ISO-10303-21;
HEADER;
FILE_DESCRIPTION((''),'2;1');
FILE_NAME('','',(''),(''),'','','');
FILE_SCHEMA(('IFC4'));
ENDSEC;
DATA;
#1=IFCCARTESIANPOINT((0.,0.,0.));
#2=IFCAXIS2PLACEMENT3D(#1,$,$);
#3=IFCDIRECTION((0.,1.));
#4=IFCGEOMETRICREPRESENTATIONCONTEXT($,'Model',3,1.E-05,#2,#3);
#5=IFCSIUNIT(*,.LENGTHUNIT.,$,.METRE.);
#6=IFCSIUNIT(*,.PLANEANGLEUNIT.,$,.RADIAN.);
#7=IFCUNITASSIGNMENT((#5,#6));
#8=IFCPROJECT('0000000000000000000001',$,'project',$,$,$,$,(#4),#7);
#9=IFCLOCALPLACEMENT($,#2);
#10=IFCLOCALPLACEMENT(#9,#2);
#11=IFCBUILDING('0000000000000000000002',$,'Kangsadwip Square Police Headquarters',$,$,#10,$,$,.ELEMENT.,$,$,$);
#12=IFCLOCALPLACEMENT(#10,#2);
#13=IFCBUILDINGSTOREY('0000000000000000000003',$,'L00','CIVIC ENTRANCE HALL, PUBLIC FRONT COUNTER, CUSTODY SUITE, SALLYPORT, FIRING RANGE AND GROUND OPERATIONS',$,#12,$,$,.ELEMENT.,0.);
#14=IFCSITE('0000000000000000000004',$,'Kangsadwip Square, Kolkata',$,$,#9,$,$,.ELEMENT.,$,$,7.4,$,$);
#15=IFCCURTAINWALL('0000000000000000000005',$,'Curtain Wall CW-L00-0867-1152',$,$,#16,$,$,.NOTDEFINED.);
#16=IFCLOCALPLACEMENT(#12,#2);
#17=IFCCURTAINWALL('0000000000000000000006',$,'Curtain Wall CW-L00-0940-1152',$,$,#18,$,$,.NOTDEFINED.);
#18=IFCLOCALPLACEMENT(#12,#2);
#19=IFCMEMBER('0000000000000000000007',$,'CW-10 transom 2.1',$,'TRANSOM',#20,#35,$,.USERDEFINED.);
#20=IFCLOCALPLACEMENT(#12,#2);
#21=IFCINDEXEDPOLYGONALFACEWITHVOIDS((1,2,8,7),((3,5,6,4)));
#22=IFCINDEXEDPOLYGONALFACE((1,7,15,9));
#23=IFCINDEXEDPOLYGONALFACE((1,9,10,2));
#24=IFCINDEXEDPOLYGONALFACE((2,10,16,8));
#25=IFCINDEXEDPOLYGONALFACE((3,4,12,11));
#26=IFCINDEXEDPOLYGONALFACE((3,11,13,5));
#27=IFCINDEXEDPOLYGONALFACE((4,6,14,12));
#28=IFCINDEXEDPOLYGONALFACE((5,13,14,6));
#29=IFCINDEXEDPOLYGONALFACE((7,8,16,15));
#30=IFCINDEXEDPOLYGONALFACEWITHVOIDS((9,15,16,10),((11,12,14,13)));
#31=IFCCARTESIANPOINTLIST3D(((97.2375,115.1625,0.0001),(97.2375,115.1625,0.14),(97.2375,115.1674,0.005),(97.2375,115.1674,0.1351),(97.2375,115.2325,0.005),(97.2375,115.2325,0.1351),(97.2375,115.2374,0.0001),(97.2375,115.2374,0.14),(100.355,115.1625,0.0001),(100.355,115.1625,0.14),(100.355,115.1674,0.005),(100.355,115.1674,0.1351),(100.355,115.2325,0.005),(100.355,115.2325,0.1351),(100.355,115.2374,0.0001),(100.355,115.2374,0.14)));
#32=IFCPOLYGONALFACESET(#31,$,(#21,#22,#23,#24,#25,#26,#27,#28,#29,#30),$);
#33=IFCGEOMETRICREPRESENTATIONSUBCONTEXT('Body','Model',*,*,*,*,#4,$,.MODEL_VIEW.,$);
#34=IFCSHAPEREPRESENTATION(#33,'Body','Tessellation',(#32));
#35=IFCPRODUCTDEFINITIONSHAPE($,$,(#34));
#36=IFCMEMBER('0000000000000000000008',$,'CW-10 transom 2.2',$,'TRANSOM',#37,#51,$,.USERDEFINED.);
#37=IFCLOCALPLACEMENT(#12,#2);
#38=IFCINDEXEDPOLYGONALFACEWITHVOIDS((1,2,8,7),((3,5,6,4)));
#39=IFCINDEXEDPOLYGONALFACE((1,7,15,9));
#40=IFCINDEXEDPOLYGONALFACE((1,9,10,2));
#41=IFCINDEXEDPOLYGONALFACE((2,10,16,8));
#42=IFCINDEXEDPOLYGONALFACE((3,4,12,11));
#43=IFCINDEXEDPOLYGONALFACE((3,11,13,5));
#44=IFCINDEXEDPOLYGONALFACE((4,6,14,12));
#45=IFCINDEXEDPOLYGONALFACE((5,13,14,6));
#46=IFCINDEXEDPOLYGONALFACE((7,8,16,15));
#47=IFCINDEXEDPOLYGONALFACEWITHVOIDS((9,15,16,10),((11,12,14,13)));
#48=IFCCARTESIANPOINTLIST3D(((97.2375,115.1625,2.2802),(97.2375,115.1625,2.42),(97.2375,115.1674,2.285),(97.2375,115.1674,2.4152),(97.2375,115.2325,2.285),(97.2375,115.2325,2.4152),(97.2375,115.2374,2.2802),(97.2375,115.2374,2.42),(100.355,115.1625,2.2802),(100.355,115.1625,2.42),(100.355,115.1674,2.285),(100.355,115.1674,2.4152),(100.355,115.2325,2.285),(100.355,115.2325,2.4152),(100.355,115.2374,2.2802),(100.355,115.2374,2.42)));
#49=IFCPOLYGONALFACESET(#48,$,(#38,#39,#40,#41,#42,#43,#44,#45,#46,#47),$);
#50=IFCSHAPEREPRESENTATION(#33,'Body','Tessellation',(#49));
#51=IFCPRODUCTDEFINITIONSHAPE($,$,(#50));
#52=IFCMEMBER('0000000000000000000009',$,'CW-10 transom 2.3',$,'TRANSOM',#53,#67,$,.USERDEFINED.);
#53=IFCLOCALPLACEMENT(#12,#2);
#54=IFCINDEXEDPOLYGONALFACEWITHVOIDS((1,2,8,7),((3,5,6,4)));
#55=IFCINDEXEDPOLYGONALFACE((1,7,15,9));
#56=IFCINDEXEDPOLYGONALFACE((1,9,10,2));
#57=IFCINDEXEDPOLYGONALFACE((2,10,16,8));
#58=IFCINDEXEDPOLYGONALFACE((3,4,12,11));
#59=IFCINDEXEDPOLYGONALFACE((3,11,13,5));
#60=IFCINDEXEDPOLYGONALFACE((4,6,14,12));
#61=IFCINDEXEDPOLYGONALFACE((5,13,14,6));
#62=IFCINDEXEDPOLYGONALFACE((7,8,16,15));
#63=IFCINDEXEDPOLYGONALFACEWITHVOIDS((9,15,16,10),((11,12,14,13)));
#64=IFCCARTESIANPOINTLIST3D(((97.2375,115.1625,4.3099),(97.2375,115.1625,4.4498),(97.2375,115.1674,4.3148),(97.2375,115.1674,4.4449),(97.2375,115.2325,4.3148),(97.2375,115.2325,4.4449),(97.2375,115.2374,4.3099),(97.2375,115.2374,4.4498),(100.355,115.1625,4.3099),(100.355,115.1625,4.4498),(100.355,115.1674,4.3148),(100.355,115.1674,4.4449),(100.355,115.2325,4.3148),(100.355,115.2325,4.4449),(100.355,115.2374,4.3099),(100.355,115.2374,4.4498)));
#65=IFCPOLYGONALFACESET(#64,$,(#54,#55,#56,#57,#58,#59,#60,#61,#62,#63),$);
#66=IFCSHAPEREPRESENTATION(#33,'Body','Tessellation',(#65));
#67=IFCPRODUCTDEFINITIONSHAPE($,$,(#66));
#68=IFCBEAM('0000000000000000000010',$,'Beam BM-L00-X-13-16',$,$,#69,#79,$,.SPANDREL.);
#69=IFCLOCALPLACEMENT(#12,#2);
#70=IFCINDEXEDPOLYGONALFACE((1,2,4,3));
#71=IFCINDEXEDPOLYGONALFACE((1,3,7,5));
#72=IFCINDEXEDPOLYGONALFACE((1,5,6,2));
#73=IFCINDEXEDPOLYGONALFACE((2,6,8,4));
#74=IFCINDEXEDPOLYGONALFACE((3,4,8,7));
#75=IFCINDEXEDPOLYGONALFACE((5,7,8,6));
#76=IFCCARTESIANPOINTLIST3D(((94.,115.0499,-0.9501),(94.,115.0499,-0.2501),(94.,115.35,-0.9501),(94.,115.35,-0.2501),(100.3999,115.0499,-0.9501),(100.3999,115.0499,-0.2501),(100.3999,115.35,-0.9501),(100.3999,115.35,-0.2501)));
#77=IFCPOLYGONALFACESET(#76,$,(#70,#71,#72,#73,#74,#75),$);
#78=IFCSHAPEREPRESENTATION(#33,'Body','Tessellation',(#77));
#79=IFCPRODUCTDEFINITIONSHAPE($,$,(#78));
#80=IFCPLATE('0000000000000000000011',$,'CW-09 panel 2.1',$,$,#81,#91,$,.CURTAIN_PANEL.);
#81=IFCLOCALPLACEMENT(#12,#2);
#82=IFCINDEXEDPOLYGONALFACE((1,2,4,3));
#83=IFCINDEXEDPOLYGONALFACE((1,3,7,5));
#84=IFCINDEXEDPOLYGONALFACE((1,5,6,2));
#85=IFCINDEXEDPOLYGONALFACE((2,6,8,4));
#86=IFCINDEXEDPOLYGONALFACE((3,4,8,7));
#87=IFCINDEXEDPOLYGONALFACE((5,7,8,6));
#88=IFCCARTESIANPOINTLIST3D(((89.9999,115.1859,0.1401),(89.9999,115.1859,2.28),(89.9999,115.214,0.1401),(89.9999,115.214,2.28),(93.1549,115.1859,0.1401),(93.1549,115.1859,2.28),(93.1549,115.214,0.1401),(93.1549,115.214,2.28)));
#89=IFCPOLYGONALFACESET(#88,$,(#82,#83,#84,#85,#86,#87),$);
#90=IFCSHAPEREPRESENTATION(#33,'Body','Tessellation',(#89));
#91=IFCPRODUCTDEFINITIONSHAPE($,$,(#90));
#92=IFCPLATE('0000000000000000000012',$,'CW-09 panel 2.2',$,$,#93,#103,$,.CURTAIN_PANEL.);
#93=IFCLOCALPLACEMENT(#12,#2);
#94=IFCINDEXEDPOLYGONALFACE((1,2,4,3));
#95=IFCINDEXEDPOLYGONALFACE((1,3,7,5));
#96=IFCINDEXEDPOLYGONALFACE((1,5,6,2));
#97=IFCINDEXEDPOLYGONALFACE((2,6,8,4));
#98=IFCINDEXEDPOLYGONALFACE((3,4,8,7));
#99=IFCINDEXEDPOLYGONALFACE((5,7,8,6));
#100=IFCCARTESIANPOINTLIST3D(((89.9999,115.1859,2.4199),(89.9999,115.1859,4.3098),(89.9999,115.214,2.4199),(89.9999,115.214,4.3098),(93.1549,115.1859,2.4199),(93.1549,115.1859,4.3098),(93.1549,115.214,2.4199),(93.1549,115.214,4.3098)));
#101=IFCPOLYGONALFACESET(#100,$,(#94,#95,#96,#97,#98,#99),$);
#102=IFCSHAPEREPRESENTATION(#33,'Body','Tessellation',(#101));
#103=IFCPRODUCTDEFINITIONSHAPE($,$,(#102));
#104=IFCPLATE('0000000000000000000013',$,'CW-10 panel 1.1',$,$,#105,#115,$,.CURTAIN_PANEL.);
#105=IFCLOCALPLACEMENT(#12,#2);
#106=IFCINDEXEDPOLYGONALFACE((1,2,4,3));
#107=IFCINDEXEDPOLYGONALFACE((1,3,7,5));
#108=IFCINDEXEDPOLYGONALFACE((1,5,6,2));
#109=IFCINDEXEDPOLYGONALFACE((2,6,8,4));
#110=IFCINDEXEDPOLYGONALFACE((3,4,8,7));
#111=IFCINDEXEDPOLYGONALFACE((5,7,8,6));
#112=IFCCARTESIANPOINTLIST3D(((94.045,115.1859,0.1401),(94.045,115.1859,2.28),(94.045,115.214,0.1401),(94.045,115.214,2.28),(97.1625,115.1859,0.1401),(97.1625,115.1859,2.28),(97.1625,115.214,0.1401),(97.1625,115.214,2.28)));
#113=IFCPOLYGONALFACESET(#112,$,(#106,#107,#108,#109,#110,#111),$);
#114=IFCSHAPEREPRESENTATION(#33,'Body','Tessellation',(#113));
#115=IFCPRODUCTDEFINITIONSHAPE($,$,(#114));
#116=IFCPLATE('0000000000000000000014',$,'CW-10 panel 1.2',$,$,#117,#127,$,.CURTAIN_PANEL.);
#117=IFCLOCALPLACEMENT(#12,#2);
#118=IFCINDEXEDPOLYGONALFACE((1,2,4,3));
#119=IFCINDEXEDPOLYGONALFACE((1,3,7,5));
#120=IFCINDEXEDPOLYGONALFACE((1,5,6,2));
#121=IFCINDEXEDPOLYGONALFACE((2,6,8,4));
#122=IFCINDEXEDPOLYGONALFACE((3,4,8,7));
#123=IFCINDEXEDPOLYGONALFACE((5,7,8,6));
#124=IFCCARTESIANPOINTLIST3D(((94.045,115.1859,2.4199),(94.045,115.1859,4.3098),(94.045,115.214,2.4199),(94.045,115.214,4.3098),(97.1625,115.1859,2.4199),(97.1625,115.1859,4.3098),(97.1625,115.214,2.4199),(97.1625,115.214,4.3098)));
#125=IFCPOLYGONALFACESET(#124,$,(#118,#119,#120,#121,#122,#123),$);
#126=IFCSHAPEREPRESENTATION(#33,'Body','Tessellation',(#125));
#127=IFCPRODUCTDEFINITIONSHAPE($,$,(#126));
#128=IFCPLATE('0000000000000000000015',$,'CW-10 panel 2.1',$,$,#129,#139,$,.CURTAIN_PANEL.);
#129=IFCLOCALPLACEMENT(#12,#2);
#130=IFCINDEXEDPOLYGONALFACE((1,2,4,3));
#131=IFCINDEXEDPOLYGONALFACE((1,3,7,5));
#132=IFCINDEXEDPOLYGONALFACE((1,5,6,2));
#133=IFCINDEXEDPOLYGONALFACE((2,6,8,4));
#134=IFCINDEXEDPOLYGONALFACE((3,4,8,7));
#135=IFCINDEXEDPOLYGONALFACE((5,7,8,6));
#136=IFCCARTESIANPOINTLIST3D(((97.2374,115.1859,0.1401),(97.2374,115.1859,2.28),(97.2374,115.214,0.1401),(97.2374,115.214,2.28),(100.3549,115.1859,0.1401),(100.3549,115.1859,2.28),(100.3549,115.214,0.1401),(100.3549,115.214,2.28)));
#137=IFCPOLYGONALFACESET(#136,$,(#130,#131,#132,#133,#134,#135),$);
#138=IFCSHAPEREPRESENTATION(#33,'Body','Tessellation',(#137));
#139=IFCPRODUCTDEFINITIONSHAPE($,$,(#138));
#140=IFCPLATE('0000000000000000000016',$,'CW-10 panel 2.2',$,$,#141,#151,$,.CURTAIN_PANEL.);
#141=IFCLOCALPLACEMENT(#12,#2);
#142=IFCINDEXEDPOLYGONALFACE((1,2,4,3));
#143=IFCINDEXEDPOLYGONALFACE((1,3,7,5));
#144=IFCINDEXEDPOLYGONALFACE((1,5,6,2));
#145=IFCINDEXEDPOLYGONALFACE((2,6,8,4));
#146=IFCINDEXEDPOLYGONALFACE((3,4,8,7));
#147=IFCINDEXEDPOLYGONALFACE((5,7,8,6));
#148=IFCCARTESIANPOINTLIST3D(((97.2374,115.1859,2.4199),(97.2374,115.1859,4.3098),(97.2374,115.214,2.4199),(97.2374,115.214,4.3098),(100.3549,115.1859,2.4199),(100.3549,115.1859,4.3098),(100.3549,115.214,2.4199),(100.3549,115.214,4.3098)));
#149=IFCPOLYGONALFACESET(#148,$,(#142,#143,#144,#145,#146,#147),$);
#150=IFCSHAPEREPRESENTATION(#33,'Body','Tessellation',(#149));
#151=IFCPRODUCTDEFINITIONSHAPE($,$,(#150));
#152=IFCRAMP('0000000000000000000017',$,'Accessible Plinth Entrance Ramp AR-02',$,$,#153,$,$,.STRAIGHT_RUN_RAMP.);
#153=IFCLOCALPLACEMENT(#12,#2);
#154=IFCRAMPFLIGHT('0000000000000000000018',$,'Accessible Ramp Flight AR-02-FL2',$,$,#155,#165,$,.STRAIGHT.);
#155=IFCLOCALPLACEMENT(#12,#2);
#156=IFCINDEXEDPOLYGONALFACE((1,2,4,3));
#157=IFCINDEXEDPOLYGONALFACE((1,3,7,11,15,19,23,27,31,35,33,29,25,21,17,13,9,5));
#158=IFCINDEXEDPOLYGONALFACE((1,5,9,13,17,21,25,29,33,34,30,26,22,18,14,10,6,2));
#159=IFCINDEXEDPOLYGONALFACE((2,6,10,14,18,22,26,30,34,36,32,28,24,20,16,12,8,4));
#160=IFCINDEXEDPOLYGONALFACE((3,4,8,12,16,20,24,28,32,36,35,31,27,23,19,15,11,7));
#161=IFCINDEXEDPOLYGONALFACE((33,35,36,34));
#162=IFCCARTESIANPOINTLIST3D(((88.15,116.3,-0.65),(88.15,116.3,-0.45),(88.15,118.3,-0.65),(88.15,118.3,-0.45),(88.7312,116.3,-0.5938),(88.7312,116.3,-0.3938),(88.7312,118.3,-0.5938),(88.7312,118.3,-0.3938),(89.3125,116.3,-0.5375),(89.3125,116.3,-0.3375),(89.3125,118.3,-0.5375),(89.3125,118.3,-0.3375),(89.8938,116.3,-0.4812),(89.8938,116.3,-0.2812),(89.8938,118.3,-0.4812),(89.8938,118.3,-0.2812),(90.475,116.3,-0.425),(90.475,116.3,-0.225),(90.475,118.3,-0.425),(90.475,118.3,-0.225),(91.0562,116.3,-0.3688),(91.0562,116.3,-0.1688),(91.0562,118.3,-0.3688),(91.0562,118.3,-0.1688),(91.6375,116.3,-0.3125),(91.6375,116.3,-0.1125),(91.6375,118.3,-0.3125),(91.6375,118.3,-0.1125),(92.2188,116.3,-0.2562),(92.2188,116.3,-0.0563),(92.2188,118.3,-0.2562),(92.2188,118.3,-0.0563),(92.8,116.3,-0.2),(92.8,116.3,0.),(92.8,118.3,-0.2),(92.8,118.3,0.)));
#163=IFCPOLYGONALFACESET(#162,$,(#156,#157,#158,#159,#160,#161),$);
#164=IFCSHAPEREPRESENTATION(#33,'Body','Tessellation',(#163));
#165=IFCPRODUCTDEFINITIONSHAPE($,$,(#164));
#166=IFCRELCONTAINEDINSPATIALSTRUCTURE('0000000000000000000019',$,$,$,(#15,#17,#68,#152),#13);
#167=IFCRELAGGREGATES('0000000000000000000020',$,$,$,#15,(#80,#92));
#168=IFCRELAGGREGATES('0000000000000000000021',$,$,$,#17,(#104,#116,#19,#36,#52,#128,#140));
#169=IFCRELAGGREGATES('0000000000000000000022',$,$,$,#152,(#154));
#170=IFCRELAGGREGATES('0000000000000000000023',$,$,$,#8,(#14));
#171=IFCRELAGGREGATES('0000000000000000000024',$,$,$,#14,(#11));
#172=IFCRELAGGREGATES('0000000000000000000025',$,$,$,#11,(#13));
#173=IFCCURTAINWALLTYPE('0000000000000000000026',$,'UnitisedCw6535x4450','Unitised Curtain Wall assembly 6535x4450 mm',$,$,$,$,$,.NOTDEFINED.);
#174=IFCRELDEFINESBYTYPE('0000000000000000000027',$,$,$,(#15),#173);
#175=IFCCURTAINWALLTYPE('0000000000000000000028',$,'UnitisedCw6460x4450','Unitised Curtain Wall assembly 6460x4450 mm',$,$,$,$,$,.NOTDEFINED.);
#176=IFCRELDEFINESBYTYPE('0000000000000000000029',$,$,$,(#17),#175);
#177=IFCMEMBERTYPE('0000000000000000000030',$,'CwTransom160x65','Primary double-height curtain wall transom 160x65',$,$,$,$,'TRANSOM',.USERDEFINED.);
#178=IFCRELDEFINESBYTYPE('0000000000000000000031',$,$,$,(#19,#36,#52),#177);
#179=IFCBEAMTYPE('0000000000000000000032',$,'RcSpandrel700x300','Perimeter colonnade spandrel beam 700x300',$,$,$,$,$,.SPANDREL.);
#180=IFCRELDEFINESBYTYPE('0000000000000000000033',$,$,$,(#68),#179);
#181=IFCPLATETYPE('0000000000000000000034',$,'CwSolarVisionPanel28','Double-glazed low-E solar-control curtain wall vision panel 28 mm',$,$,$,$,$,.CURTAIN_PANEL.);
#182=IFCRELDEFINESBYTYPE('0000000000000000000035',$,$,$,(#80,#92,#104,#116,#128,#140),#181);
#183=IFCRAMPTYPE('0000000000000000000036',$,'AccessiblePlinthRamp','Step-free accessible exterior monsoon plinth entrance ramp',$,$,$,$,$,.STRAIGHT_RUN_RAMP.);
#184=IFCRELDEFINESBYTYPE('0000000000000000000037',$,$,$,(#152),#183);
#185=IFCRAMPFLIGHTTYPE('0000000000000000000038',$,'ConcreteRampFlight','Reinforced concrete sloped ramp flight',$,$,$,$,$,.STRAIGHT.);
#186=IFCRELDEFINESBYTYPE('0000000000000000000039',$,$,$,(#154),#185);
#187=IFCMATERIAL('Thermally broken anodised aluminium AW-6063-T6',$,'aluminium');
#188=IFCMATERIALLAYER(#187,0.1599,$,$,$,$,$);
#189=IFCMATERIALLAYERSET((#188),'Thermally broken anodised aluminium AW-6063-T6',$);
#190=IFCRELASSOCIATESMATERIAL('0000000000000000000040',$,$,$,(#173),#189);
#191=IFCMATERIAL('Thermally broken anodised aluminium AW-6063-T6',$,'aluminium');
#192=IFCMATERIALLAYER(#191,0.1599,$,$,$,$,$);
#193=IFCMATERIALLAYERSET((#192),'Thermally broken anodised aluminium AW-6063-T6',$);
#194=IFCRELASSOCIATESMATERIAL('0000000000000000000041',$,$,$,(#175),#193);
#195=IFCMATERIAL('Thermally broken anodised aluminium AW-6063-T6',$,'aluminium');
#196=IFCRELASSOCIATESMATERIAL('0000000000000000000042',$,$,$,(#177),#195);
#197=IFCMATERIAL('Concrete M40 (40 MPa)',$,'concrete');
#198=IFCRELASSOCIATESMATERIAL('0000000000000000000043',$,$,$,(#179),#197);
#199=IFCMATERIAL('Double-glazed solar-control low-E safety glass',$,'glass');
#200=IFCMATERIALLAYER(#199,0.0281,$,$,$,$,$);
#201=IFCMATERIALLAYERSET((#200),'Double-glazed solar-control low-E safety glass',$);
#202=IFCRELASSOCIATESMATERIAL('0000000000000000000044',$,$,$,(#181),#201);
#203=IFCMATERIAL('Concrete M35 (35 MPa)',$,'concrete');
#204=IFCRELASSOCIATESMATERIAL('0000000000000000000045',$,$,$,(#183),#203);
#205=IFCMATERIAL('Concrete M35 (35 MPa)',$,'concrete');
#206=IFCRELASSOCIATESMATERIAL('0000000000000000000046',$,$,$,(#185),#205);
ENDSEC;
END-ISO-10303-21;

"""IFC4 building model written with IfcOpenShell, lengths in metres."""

from ifc_helpers import new_model, si_unit, direction, frame, origin, origin_2d, place, context, subcontext, project, spatial, polyline, rectangle, hollow_rectangle, outline, extrude, material, layer, layer_set, material_profile, profile_set, type_object, element, aggregate, save


model = new_model("IFC4")

# Units and contexts
model_context = context("Model", 3, precision=1e-05, world=origin(), true_north=direction((0.0, 1.0)))
body_context = subcontext(model_context, "Body", "Model", "MODEL_VIEW")
ifc_project = project(units=[si_unit("LENGTHUNIT", "METRE"), si_unit("PLANEANGLEUNIT", "RADIAN")], contexts=[model_context])

# Site, building, storey
site_placement = place(None, origin())
site = spatial("IfcSite", under=ifc_project, at=site_placement, Name="Kangsadwip Square, Kolkata", CompositionType="ELEMENT", RefElevation=7.4)
building_placement = place(site_placement, origin())
building = spatial("IfcBuilding", under=site, at=building_placement, Name="Kangsadwip Square Police Headquarters", CompositionType="ELEMENT")
storey_placement = place(building_placement, origin())
storey = spatial("IfcBuildingStorey", under=building, at=storey_placement, Name="L00", Description="CIVIC ENTRANCE HALL, PUBLIC FRONT COUNTER, CUSTODY SUITE, SALLYPORT, FIRING RANGE AND GROUND OPERATIONS", CompositionType="ELEMENT", Elevation=0.0)

# Curtain wall
ifc_material_1 = material(Name="Thermally broken anodised aluminium AW-6063-T6", Category="aluminium")
ifc_layer_1 = layer(ifc_material_1, 0.1599)
ifc_layer_set_1 = layer_set([ifc_layer_1], Name="Thermally broken anodised aluminium AW-6063-T6")
curtain_wall_type_1 = type_object("IfcCurtainWallType", Name="UnitisedCw6535x4450", Description="Unitised Curtain Wall assembly 6535x4450 mm", PredefinedType="NOTDEFINED", material=ifc_layer_set_1)
curtain_wall_1_placement = place(storey_placement, origin())
curtain_wall_1 = element("IfcCurtainWall", 1, at=curtain_wall_1_placement, inside=storey, type_object=curtain_wall_type_1, Name="Curtain Wall CW-L00-0867-1152", PredefinedType="NOTDEFINED")

# Curtain wall
ifc_material_2 = material(Name="Thermally broken anodised aluminium AW-6063-T6", Category="aluminium")
ifc_layer_2 = layer(ifc_material_2, 0.1599)
ifc_layer_set_2 = layer_set([ifc_layer_2], Name="Thermally broken anodised aluminium AW-6063-T6")
curtain_wall_type_2 = type_object("IfcCurtainWallType", Name="UnitisedCw6460x4450", Description="Unitised Curtain Wall assembly 6460x4450 mm", PredefinedType="NOTDEFINED", material=ifc_layer_set_2)
curtain_wall_2_placement = place(storey_placement, origin())
curtain_wall_2 = element("IfcCurtainWall", 2, at=curtain_wall_2_placement, inside=storey, type_object=curtain_wall_type_2, Name="Curtain Wall CW-L00-0940-1152", PredefinedType="NOTDEFINED")

# Members
ifc_material_3 = material(Name="Thermally broken anodised aluminium AW-6063-T6", Category="aluminium")
ifc_material_profile_1 = material_profile(ifc_material_3, hollow_rectangle(XDim=0.075, YDim=0.1399, WallThickness=0.0049, at=origin_2d()), Name="CWT 140X75X5")
ifc_profile_set_1 = profile_set([ifc_material_profile_1], Name="Thermally broken anodised aluminium AW-6063-T6")
member_type_1 = type_object("IfcMemberType", Name="CwTransom160x65", Description="Primary double-height curtain wall transom 160x65", ElementType="TRANSOM", PredefinedType="USERDEFINED", material=ifc_profile_set_1)
member_1_placement = place(storey_placement, frame((97.2375, 115.2, 0.0701), z_axis=(1.0, 0.0, 0.0), x_axis=(0.0, 1.0, 0.0)))
member_1 = element("IfcMember", 3, at=member_1_placement, type_object=member_type_1, Name="CW-10 transom 2.1", ObjectType="TRANSOM", PredefinedType="USERDEFINED", context=body_context, shape_type="SweptSolid", body=[
    extrude(hollow_rectangle(XDim=0.075, YDim=0.1399, WallThickness=0.0049, at=origin_2d()), origin(), (0.0, 0.0, 1.0), 3.1174),
])
member_2_placement = place(storey_placement, frame((97.2375, 115.2, 2.3501), z_axis=(1.0, 0.0, 0.0), x_axis=(0.0, 1.0, 0.0)))
member_2 = element("IfcMember", 4, at=member_2_placement, type_object=member_type_1, Name="CW-10 transom 2.2", ObjectType="TRANSOM", PredefinedType="USERDEFINED", context=body_context, shape_type="SweptSolid", body=[
    extrude(hollow_rectangle(XDim=0.075, YDim=0.1399, WallThickness=0.0049, at=origin_2d()), origin(), (0.0, 0.0, 1.0), 3.1174),
])
member_3_placement = place(storey_placement, frame((97.2375, 115.2, 4.3799), z_axis=(1.0, 0.0, 0.0), x_axis=(0.0, 1.0, 0.0)))
member_3 = element("IfcMember", 5, at=member_3_placement, type_object=member_type_1, Name="CW-10 transom 2.3", ObjectType="TRANSOM", PredefinedType="USERDEFINED", context=body_context, shape_type="SweptSolid", body=[
    extrude(hollow_rectangle(XDim=0.075, YDim=0.1399, WallThickness=0.0049, at=origin_2d()), origin(), (0.0, 0.0, 1.0), 3.1174),
])

# Beam
ifc_material_4 = material(Name="Concrete M40 (40 MPa)", Category="concrete")
ifc_material_profile_2 = material_profile(ifc_material_4, rectangle(XDim=0.3, YDim=0.7, at=origin_2d()), Name="RC SPN 700X300")
ifc_profile_set_2 = profile_set([ifc_material_profile_2], Name="Concrete M40 (40 MPa)")
beam_type = type_object("IfcBeamType", Name="RcSpandrel700x300", Description="Perimeter colonnade spandrel beam 700x300", PredefinedType="SPANDREL", material=ifc_profile_set_2)
beam_placement = place(storey_placement, frame((94.0, 115.2, -0.6001), z_axis=(1.0, 0.0, 0.0), x_axis=(0.0, 1.0, 0.0)))
element("IfcBeam", 6, at=beam_placement, inside=storey, type_object=beam_type, Name="Beam BM-L00-X-13-16", PredefinedType="SPANDREL", context=body_context, shape_type="SweptSolid", body=[
    extrude(rectangle(XDim=0.3, YDim=0.7, at=origin_2d()), origin(), (0.0, 0.0, 1.0), 6.3999),
])

# Plates
ifc_material_5 = material(Name="Double-glazed solar-control low-E safety glass", Category="glass")
ifc_layer_3 = layer(ifc_material_5, 0.0281)
ifc_layer_set_3 = layer_set([ifc_layer_3], Name="Double-glazed solar-control low-E safety glass")
plate_type = type_object("IfcPlateType", Name="CwSolarVisionPanel28", Description="Double-glazed low-E solar-control curtain wall vision panel 28 mm", PredefinedType="CURTAIN_PANEL", material=ifc_layer_set_3)
plate_1_placement = place(storey_placement, frame((91.5774, 115.2, 0.1401), z_axis=(0.0, 0.0, 1.0), x_axis=(1.0, 0.0, 0.0)))
plate_1 = element("IfcPlate", 7, at=plate_1_placement, type_object=plate_type, Name="CW-09 panel 2.1", PredefinedType="CURTAIN_PANEL", context=body_context, shape_type="SweptSolid", body=[
    extrude(rectangle(XDim=3.155, YDim=0.0281, at=origin_2d()), origin(), (0.0, 0.0, 1.0), 2.1399),
])
plate_2_placement = place(storey_placement, frame((91.5774, 115.2, 2.4199), z_axis=(0.0, 0.0, 1.0), x_axis=(1.0, 0.0, 0.0)))
plate_2 = element("IfcPlate", 8, at=plate_2_placement, type_object=plate_type, Name="CW-09 panel 2.2", PredefinedType="CURTAIN_PANEL", context=body_context, shape_type="SweptSolid", body=[
    extrude(rectangle(XDim=3.155, YDim=0.0281, at=origin_2d()), origin(), (0.0, 0.0, 1.0), 1.8899),
])
aggregate(curtain_wall_1, [plate_1, plate_2])
plate_3_placement = place(storey_placement, frame((95.6038, 115.2, 0.1401), z_axis=(0.0, 0.0, 1.0), x_axis=(1.0, 0.0, 0.0)))
plate_3 = element("IfcPlate", 9, at=plate_3_placement, type_object=plate_type, Name="CW-10 panel 1.1", PredefinedType="CURTAIN_PANEL", context=body_context, shape_type="SweptSolid", body=[
    extrude(rectangle(XDim=3.1174, YDim=0.0281, at=origin_2d()), origin(), (0.0, 0.0, 1.0), 2.1399),
])
plate_4_placement = place(storey_placement, frame((95.6038, 115.2, 2.4199), z_axis=(0.0, 0.0, 1.0), x_axis=(1.0, 0.0, 0.0)))
plate_4 = element("IfcPlate", 10, at=plate_4_placement, type_object=plate_type, Name="CW-10 panel 1.2", PredefinedType="CURTAIN_PANEL", context=body_context, shape_type="SweptSolid", body=[
    extrude(rectangle(XDim=3.1174, YDim=0.0281, at=origin_2d()), origin(), (0.0, 0.0, 1.0), 1.8899),
])
plate_5_placement = place(storey_placement, frame((98.7961, 115.2, 0.1401), z_axis=(0.0, 0.0, 1.0), x_axis=(1.0, 0.0, 0.0)))
plate_5 = element("IfcPlate", 11, at=plate_5_placement, type_object=plate_type, Name="CW-10 panel 2.1", PredefinedType="CURTAIN_PANEL", context=body_context, shape_type="SweptSolid", body=[
    extrude(rectangle(XDim=3.1174, YDim=0.0281, at=origin_2d()), origin(), (0.0, 0.0, 1.0), 2.1399),
])
plate_6_placement = place(storey_placement, frame((98.7961, 115.2, 2.4199), z_axis=(0.0, 0.0, 1.0), x_axis=(1.0, 0.0, 0.0)))
plate_6 = element("IfcPlate", 12, at=plate_6_placement, type_object=plate_type, Name="CW-10 panel 2.2", PredefinedType="CURTAIN_PANEL", context=body_context, shape_type="SweptSolid", body=[
    extrude(rectangle(XDim=3.1174, YDim=0.0281, at=origin_2d()), origin(), (0.0, 0.0, 1.0), 1.8899),
])
aggregate(curtain_wall_2, [plate_3, plate_4, member_1, member_2, member_3, plate_5, plate_6])

# Ramp, ramp flight
ifc_material_6 = material(Name="Concrete M35 (35 MPa)", Category="concrete")
ramp_type = type_object("IfcRampType", Name="AccessiblePlinthRamp", Description="Step-free accessible exterior monsoon plinth entrance ramp", PredefinedType="STRAIGHT_RUN_RAMP", material=ifc_material_6)
ramp_placement = place(storey_placement, origin())
ramp = element("IfcRamp", 13, at=ramp_placement, inside=storey, type_object=ramp_type, Name="Accessible Plinth Entrance Ramp AR-02", PredefinedType="STRAIGHT_RUN_RAMP")
ifc_material_7 = material(Name="Concrete M35 (35 MPa)", Category="concrete")
ramp_flight_type = type_object("IfcRampFlightType", Name="ConcreteRampFlight", Description="Reinforced concrete sloped ramp flight", PredefinedType="STRAIGHT", material=ifc_material_7)
ramp_flight_placement = place(storey_placement, frame((88.15, 118.3, -0.45), z_axis=(0.0, -1.0, 0.0), x_axis=(1.0, 0.0, 0.0)))
ramp_flight = element("IfcRampFlight", 14, at=ramp_flight_placement, type_object=ramp_flight_type, Name="Accessible Ramp Flight AR-02-FL2", PredefinedType="STRAIGHT", context=body_context, shape_type="SweptSolid", body=[
    extrude(outline(polyline([(0.0, 0.0), (0.5813, 0.0563), (1.1625, 0.1125), (1.7437, 0.1688), (2.325, 0.225), (2.9062, 0.2812), (3.4875, 0.3375), (4.0687, 0.3937), (4.65, 0.45), (4.65, 0.25), (4.0687, 0.1938), (3.4875, 0.1375), (2.9062, 0.0813), (2.325, 0.025), (1.7437, -0.0312), (1.1625, -0.0875), (0.5813, -0.1437), (0.0, -0.2), (0.0, 0.0)])), origin(), (0.0, 0.0, 1.0), 2.0),
])
aggregate(ramp, [ramp_flight])

save(model, "model.ifc")
